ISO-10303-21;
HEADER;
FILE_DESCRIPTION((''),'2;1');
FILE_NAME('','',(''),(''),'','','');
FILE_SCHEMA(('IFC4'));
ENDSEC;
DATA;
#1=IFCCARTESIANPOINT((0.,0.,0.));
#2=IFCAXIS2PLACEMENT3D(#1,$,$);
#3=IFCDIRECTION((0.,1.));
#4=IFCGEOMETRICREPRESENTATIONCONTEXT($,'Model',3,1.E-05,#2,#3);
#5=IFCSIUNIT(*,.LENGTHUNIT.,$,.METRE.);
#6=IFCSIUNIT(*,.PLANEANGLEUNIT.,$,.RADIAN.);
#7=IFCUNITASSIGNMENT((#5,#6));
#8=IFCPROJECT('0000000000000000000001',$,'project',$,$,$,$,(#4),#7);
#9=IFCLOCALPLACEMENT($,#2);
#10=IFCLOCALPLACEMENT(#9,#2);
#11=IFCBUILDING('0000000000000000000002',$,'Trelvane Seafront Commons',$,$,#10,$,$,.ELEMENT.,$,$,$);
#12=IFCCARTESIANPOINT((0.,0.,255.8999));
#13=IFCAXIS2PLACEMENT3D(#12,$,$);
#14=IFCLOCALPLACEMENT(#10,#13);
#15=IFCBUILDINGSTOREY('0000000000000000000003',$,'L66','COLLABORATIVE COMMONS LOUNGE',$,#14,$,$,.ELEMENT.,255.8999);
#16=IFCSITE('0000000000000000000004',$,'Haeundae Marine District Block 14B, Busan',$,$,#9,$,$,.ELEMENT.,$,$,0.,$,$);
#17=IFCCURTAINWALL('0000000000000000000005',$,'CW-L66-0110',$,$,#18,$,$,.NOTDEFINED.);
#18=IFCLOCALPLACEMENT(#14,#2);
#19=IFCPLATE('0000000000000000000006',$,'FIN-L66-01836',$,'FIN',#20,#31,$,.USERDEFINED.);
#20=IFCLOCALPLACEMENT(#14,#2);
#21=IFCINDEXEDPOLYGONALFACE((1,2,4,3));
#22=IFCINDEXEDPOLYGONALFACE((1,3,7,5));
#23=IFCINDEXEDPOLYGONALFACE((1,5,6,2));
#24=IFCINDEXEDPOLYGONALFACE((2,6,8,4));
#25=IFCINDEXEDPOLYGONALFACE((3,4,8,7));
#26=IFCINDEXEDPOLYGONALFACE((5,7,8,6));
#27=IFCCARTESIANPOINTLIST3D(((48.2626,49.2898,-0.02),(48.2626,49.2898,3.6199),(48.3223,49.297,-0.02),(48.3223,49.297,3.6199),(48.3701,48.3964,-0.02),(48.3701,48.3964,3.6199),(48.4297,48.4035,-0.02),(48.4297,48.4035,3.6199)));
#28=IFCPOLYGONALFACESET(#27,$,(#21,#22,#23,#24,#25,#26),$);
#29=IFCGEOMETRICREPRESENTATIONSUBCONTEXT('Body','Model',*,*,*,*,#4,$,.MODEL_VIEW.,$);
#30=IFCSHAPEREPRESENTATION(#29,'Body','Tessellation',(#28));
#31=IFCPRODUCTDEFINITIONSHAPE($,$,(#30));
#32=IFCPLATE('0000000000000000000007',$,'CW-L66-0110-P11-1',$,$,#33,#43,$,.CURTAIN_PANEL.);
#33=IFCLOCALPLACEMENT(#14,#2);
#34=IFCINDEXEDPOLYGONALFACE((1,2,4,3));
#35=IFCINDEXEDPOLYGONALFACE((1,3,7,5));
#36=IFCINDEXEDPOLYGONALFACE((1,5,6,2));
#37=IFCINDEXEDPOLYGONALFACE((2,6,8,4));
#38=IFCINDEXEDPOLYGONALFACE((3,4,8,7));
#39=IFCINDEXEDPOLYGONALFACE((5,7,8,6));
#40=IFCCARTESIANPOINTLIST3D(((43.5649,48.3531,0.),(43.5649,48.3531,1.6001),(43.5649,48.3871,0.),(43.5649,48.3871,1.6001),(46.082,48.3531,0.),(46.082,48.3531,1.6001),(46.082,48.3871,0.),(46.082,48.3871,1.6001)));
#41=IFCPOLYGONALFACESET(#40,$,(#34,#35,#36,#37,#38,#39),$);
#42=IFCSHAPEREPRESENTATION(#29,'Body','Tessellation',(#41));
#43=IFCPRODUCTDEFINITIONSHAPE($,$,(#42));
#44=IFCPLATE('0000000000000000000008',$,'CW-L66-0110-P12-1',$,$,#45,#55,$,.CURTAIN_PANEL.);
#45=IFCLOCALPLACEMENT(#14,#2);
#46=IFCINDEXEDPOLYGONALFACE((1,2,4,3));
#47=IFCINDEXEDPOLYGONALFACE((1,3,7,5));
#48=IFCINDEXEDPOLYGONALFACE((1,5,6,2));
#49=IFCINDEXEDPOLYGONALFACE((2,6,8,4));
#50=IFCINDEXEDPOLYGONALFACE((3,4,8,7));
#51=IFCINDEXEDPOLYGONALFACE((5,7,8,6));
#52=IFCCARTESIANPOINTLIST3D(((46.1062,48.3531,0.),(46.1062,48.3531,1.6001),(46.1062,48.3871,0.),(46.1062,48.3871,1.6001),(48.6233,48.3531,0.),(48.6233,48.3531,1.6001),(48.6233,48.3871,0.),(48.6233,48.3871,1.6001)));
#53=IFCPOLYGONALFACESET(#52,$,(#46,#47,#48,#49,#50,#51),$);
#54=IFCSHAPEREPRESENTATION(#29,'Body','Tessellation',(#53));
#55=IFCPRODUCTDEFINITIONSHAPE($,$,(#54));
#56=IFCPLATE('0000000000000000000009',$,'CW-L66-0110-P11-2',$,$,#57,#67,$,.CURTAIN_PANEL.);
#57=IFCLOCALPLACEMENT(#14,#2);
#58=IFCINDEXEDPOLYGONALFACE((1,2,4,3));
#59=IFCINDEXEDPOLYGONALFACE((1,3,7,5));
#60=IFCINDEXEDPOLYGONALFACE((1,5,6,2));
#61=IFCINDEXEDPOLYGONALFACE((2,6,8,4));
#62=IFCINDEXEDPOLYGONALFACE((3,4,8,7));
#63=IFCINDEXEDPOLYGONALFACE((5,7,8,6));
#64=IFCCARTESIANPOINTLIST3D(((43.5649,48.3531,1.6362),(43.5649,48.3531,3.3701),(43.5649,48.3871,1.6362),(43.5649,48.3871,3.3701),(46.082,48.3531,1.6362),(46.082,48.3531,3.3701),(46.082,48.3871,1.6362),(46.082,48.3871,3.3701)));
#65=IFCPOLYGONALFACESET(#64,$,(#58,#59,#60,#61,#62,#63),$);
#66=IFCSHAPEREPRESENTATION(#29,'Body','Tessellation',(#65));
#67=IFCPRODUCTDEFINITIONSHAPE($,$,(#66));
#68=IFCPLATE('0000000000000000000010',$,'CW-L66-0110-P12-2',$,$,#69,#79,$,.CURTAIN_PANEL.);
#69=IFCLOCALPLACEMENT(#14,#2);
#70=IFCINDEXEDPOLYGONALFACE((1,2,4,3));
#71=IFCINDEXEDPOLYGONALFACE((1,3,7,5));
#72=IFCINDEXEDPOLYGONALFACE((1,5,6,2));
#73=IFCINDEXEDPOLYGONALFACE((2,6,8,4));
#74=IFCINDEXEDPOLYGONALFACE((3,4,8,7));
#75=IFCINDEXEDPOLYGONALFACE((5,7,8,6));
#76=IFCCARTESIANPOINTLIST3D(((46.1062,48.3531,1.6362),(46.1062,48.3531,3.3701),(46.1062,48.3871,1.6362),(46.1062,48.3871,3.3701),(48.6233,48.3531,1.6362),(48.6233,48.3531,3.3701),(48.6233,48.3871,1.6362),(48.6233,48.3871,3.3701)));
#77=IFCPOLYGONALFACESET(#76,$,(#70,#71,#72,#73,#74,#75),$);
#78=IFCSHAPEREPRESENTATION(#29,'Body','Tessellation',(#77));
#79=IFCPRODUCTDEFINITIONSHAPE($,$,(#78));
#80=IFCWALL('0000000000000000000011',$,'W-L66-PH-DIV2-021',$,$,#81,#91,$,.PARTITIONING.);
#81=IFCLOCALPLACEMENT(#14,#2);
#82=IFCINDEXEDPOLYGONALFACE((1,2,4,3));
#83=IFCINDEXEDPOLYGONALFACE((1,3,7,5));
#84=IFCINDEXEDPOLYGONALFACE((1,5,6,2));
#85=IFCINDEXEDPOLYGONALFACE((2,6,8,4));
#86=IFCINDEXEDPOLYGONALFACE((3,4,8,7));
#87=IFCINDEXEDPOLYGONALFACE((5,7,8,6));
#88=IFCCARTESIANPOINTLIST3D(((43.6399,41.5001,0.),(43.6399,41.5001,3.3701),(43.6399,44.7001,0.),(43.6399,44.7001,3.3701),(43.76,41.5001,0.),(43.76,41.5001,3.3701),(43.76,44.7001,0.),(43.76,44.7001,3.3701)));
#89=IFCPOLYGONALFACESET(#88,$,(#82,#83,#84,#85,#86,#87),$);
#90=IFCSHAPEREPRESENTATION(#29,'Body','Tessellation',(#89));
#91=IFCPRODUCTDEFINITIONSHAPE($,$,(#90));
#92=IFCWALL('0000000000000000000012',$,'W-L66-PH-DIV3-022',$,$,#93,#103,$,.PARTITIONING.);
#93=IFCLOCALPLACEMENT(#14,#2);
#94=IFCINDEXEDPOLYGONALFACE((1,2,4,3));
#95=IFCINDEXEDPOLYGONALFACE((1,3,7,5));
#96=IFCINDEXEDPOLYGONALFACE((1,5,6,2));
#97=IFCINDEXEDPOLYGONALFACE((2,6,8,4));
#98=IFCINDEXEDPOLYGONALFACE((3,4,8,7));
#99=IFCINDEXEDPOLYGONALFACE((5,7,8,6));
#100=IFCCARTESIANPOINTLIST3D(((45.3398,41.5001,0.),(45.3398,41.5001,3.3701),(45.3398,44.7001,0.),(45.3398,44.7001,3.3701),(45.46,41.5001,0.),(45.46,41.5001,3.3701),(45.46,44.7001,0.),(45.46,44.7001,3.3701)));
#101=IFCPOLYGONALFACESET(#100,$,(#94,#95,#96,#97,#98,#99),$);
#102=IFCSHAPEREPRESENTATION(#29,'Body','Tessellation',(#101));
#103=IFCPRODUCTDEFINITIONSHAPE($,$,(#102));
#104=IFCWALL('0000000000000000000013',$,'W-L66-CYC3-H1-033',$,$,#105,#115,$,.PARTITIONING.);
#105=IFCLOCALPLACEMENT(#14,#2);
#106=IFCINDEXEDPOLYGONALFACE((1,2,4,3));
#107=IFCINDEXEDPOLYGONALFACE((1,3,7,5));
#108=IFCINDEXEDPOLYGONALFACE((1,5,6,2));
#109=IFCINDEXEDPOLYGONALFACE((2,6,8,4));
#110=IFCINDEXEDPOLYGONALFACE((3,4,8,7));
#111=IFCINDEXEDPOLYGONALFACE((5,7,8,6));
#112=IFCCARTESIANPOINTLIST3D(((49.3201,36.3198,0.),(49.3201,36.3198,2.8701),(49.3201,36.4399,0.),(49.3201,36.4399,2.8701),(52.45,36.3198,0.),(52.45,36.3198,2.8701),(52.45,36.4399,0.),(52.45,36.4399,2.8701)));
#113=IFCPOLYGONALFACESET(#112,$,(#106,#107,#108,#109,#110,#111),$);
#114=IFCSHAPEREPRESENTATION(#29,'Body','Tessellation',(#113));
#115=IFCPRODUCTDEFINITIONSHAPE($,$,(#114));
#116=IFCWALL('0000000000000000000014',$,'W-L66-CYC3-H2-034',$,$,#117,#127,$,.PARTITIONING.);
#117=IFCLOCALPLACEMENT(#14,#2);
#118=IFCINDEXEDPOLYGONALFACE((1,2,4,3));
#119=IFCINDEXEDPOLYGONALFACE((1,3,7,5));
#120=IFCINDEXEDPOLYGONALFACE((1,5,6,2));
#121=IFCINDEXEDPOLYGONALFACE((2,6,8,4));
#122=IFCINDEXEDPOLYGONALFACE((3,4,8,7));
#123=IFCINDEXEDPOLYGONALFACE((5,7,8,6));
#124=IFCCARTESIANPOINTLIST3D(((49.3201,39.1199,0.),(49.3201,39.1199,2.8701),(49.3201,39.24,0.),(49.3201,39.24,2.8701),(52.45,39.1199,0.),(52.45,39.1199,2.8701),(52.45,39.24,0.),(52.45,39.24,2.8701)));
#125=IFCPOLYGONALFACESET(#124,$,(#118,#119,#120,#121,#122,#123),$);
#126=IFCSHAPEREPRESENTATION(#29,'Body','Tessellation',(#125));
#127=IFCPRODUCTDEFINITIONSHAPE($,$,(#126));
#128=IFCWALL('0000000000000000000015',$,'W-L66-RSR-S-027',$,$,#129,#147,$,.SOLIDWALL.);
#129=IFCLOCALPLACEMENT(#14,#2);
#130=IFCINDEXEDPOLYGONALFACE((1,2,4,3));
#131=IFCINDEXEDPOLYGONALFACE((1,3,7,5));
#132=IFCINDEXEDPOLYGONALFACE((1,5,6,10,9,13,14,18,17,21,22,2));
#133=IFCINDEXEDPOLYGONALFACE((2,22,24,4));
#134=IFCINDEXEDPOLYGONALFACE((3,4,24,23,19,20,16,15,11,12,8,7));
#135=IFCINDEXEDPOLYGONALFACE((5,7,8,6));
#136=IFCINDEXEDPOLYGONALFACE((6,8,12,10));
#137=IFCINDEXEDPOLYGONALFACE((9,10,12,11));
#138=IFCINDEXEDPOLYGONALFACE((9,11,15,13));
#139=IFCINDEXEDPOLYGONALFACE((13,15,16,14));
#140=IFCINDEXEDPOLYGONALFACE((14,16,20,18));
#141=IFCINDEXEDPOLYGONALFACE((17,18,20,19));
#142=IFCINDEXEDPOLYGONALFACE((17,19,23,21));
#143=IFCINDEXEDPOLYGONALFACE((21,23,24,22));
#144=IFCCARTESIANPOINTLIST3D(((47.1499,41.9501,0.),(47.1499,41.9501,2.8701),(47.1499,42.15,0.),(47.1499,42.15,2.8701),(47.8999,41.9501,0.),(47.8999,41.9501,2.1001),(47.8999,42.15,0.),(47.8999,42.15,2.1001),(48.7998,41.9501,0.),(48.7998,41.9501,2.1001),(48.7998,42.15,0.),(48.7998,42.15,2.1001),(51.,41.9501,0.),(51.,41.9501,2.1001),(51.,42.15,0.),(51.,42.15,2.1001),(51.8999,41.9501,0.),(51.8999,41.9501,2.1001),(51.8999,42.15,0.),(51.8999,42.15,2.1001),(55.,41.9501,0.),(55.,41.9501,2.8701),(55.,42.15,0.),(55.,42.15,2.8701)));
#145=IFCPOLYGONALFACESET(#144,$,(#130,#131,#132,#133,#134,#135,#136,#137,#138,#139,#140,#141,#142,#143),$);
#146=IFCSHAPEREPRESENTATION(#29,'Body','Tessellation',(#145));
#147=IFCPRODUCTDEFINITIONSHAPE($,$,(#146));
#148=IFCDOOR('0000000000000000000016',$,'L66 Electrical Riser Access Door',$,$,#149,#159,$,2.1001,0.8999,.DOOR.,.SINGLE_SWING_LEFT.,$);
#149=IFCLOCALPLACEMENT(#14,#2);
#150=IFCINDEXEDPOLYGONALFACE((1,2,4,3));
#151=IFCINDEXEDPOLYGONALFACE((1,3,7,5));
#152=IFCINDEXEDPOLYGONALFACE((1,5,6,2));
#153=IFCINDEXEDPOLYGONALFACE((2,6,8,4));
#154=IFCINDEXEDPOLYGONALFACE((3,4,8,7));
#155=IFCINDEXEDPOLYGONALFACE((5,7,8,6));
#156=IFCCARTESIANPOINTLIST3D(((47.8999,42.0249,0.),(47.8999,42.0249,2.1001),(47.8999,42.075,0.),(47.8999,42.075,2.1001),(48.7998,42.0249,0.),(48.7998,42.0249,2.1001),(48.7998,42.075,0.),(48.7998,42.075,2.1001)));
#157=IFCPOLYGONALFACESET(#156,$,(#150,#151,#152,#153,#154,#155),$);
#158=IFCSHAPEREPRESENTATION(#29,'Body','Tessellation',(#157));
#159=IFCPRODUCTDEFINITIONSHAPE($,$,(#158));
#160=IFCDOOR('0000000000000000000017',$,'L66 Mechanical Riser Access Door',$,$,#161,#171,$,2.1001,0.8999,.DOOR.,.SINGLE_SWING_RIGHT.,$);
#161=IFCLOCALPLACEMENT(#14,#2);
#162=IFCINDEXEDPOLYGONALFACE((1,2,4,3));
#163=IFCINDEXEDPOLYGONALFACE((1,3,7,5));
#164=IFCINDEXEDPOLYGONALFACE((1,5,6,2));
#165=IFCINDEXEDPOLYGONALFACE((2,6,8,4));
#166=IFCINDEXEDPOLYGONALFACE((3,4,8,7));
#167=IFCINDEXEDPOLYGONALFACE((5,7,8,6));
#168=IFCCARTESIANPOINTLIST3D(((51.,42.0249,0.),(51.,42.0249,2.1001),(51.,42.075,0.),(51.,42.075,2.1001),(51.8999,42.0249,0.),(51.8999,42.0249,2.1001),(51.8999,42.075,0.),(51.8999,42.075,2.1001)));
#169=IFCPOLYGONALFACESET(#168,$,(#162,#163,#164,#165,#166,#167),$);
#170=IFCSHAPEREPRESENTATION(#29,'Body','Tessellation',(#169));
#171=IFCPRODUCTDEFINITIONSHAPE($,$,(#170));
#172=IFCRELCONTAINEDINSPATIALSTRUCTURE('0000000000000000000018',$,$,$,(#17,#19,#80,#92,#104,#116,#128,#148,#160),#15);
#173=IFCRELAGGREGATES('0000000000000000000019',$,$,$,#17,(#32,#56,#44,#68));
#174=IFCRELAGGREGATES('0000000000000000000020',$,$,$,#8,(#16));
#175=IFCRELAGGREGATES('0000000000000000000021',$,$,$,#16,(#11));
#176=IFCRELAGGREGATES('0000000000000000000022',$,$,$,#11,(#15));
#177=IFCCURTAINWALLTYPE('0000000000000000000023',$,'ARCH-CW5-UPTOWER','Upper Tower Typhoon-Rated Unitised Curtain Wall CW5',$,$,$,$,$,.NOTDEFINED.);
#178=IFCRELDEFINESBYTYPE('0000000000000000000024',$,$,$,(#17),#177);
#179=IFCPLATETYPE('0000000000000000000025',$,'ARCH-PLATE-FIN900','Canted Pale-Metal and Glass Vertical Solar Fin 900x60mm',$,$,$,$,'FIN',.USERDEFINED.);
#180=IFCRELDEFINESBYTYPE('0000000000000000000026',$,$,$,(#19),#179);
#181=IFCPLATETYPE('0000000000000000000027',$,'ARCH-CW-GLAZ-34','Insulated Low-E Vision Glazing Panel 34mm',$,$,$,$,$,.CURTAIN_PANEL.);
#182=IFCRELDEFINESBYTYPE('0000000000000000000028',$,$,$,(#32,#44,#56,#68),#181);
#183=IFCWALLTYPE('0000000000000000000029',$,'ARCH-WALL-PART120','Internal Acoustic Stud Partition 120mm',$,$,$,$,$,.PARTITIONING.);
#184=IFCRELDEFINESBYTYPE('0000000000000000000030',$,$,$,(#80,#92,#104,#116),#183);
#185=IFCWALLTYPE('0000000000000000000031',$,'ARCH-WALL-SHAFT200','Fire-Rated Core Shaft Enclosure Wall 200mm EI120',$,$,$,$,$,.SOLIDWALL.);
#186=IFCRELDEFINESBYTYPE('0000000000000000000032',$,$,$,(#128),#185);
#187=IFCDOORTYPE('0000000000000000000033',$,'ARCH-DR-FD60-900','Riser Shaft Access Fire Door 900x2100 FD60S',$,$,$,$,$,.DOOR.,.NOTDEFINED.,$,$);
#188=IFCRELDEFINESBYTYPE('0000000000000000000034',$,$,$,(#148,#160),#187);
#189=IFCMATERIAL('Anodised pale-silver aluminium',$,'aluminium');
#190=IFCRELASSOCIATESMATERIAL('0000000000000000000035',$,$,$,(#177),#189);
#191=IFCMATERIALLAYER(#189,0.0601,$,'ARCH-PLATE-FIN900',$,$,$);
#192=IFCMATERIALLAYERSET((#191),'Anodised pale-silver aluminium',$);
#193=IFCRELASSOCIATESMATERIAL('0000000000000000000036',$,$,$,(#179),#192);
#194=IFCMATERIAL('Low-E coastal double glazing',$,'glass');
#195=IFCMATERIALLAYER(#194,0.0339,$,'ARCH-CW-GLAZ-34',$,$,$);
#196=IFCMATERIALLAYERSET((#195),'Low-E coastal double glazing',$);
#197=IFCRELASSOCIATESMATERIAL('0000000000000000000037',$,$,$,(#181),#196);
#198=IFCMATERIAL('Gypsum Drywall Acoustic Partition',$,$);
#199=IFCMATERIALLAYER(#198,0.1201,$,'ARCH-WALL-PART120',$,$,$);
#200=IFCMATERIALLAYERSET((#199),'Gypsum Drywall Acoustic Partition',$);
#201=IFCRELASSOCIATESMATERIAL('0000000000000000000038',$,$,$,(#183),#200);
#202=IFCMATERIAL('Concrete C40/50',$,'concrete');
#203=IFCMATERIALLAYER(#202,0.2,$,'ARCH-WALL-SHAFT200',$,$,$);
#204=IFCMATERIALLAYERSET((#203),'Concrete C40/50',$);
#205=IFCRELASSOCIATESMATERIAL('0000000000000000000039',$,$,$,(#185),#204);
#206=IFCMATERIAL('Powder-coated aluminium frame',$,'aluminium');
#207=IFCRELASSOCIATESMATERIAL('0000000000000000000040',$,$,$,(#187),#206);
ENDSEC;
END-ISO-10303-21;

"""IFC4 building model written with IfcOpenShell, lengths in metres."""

from ifc_helpers import new_model, si_unit, direction, frame, frame_2d, origin, origin_2d, place, context, subcontext, project, spatial, rectangle, extrude, source, transform, mapped, material, layer, layer_set, type_object, element, fill, aggregate, save


model = new_model("IFC4")

# Units and contexts
model_context = context("Model", 3, precision=1e-05, world=origin(), true_north=direction((0.0, 1.0)))
body_context = subcontext(model_context, "Body", "Model", "MODEL_VIEW")
ifc_project = project(units=[si_unit("LENGTHUNIT", "METRE"), si_unit("PLANEANGLEUNIT", "RADIAN")], contexts=[model_context])

# Site, building, storey
site_placement = place(None, origin())
site = spatial("IfcSite", under=ifc_project, at=site_placement, Name="Haeundae Marine District Block 14B, Busan", CompositionType="ELEMENT", RefElevation=0.0)
building_placement = place(site_placement, origin())
building = spatial("IfcBuilding", under=site, at=building_placement, Name="Trelvane Seafront Commons", CompositionType="ELEMENT")
storey_placement = place(building_placement, frame((0.0, 0.0, 255.8999)))
storey = spatial("IfcBuildingStorey", under=building, at=storey_placement, Name="L66", Description="COLLABORATIVE COMMONS LOUNGE", CompositionType="ELEMENT", Elevation=255.8999)

# Curtain wall
ifc_material_1 = material(Name="Anodised pale-silver aluminium", Category="aluminium")
curtain_wall_type = type_object("IfcCurtainWallType", Name="ARCH-CW5-UPTOWER", Description="Upper Tower Typhoon-Rated Unitised Curtain Wall CW5", PredefinedType="NOTDEFINED", material=ifc_material_1)
curtain_wall_placement = place(storey_placement, origin())
curtain_wall = element("IfcCurtainWall", 1, at=curtain_wall_placement, inside=storey, type_object=curtain_wall_type, Name="CW-L66-0110", PredefinedType="NOTDEFINED")

# Plate
ifc_layer_1 = layer(ifc_material_1, 0.0601, Name="ARCH-PLATE-FIN900")
ifc_layer_set_1 = layer_set([ifc_layer_1], Name="Anodised pale-silver aluminium")
plate_type_1 = type_object("IfcPlateType", Name="ARCH-PLATE-FIN900", Description="Canted Pale-Metal and Glass Vertical Solar Fin 900x60mm", ElementType="FIN", PredefinedType="USERDEFINED", material=ifc_layer_set_1)
shared_shape_1 = source(origin(), body_context, "Body", "SweptSolid", [
    extrude(rectangle(XDim=0.8999, YDim=0.0601, at=origin_2d()), origin(), (0.0, 0.0, 1.0), 3.6399),
])
for number, where, z_axis, x_axis, name in (
    (2, (48.3462, 48.8467, -0.02), (0.0, 0.0, 1.0), (-0.119439, 0.992842, 0.0), "FIN-L66-01836"),
):
    element("IfcPlate", number, at=place(storey_placement, frame(where, z_axis=z_axis, x_axis=x_axis)), inside=storey, type_object=plate_type_1, Name=name, ObjectType="FIN", PredefinedType="USERDEFINED", context=body_context, shape_type="MappedRepresentation", body=[
        mapped(shared_shape_1, transform((0.0, 0.0, 0.0), x_axis=(1.0, 0.0, 0.0), y_axis=(0.0, 1.0, 0.0), z_axis=(0.0, 0.0, 1.0), scale=1.0)),
    ])

# Plates
ifc_material_2 = material(Name="Low-E coastal double glazing", Category="glass")
ifc_layer_2 = layer(ifc_material_2, 0.0339, Name="ARCH-CW-GLAZ-34")
ifc_layer_set_2 = layer_set([ifc_layer_2], Name="Low-E coastal double glazing")
plate_type_2 = type_object("IfcPlateType", Name="ARCH-CW-GLAZ-34", Description="Insulated Low-E Vision Glazing Panel 34mm", PredefinedType="CURTAIN_PANEL", material=ifc_layer_set_2)
shared_shape_2 = source(origin(), body_context, "Body", "SweptSolid", [
    extrude(rectangle(XDim=2.5171, YDim=0.0339, at=origin_2d()), origin(), (0.0, 0.0, 1.0), 1.6001),
])
plate_1_placement = place(storey_placement, frame((44.8235, 48.3701, 0.0), z_axis=(0.0, 0.0, 1.0), x_axis=(1.0, 0.0, 0.0)))
plate_1 = element("IfcPlate", 3, at=plate_1_placement, type_object=plate_type_2, Name="CW-L66-0110-P11-1", PredefinedType="CURTAIN_PANEL", context=body_context, shape_type="MappedRepresentation", body=[
    mapped(shared_shape_2, transform((0.0, 0.0, 0.0), x_axis=(1.0, 0.0, 0.0), y_axis=(0.0, 1.0, 0.0), z_axis=(0.0, 0.0, 1.0), scale=1.0)),
])
plate_2_placement = place(storey_placement, frame((47.3647, 48.3701, 0.0), z_axis=(0.0, 0.0, 1.0), x_axis=(1.0, 0.0, 0.0)))
plate_2 = element("IfcPlate", 4, at=plate_2_placement, type_object=plate_type_2, Name="CW-L66-0110-P12-1", PredefinedType="CURTAIN_PANEL", context=body_context, shape_type="MappedRepresentation", body=[
    mapped(shared_shape_2, transform((0.0, 0.0, 0.0), x_axis=(1.0, 0.0, 0.0), y_axis=(0.0, 1.0, 0.0), z_axis=(0.0, 0.0, 1.0), scale=1.0)),
])
shared_shape_3 = source(origin(), body_context, "Body", "SweptSolid", [
    extrude(rectangle(XDim=2.5171, YDim=0.0339, at=origin_2d()), origin(), (0.0, 0.0, 1.0), 1.7339),
])
plate_3_placement = place(storey_placement, frame((44.8235, 48.3701, 1.6362), z_axis=(0.0, 0.0, 1.0), x_axis=(1.0, 0.0, 0.0)))
plate_3 = element("IfcPlate", 5, at=plate_3_placement, type_object=plate_type_2, Name="CW-L66-0110-P11-2", PredefinedType="CURTAIN_PANEL", context=body_context, shape_type="MappedRepresentation", body=[
    mapped(shared_shape_3, transform((0.0, 0.0, 0.0), x_axis=(1.0, 0.0, 0.0), y_axis=(0.0, 1.0, 0.0), z_axis=(0.0, 0.0, 1.0), scale=1.0)),
])
plate_4_placement = place(storey_placement, frame((47.3647, 48.3701, 1.6362), z_axis=(0.0, 0.0, 1.0), x_axis=(1.0, 0.0, 0.0)))
plate_4 = element("IfcPlate", 6, at=plate_4_placement, type_object=plate_type_2, Name="CW-L66-0110-P12-2", PredefinedType="CURTAIN_PANEL", context=body_context, shape_type="MappedRepresentation", body=[
    mapped(shared_shape_3, transform((0.0, 0.0, 0.0), x_axis=(1.0, 0.0, 0.0), y_axis=(0.0, 1.0, 0.0), z_axis=(0.0, 0.0, 1.0), scale=1.0)),
])
aggregate(curtain_wall, [plate_1, plate_3, plate_2, plate_4])

# Walls
ifc_material_3 = material(Name="Gypsum Drywall Acoustic Partition")
ifc_layer_3 = layer(ifc_material_3, 0.1201, Name="ARCH-WALL-PART120")
ifc_layer_set_3 = layer_set([ifc_layer_3], Name="Gypsum Drywall Acoustic Partition")
wall_type_1 = type_object("IfcWallType", Name="ARCH-WALL-PART120", Description="Internal Acoustic Stud Partition 120mm", PredefinedType="PARTITIONING", material=ifc_layer_set_3)
for number, where, z_axis, x_axis, name in (
    (7, (43.7, 41.5, 0.0), (0.0, 0.0, 1.0), (0.0, 1.0, 0.0), "W-L66-PH-DIV2-021"),
    (8, (45.3999, 41.5, 0.0), (0.0, 0.0, 1.0), (0.0, 1.0, 0.0), "W-L66-PH-DIV3-022"),
):
    element("IfcWall", number, at=place(storey_placement, frame(where, z_axis=z_axis, x_axis=x_axis)), inside=storey, type_object=wall_type_1, Name=name, PredefinedType="PARTITIONING", context=body_context, shape_type="SweptSolid", body=[
        extrude(rectangle(XDim=3.2, YDim=0.1201, at=frame_2d((1.6001, 0.0))), origin(), (0.0, 0.0, 1.0), 3.3701),
    ])
for number, where, z_axis, x_axis, name in (
    (9, (49.3201, 36.3799, 0.0), (0.0, 0.0, 1.0), (1.0, 0.0, 0.0), "W-L66-CYC3-H1-033"),
    (10, (49.3201, 39.1799, 0.0), (0.0, 0.0, 1.0), (1.0, 0.0, 0.0), "W-L66-CYC3-H2-034"),
):
    element("IfcWall", number, at=place(storey_placement, frame(where, z_axis=z_axis, x_axis=x_axis)), inside=storey, type_object=wall_type_1, Name=name, PredefinedType="PARTITIONING", context=body_context, shape_type="SweptSolid", body=[
        extrude(rectangle(XDim=3.1299, YDim=0.1201, at=frame_2d((1.5649, 0.0))), origin(), (0.0, 0.0, 1.0), 2.8701),
    ])

# Wall, openings, doors
ifc_material_4 = material(Name="Concrete C40/50", Category="concrete")
ifc_layer_4 = layer(ifc_material_4, 0.2, Name="ARCH-WALL-SHAFT200")
ifc_layer_set_4 = layer_set([ifc_layer_4], Name="Concrete C40/50")
wall_type_2 = type_object("IfcWallType", Name="ARCH-WALL-SHAFT200", Description="Fire-Rated Core Shaft Enclosure Wall 200mm EI120", PredefinedType="SOLIDWALL", material=ifc_layer_set_4)
wall_placement = place(storey_placement, frame((47.1499, 42.05, 0.0), z_axis=(0.0, 0.0, 1.0), x_axis=(1.0, 0.0, 0.0)))
wall = element("IfcWall", 11, at=wall_placement, inside=storey, type_object=wall_type_2, Name="W-L66-RSR-S-027", PredefinedType="SOLIDWALL", context=body_context, shape_type="SweptSolid", body=[
    extrude(rectangle(XDim=7.8501, YDim=0.2, at=frame_2d((3.925, 0.0))), origin(), (0.0, 0.0, 1.0), 2.8701),
])
opening_1_placement = place(wall_placement, frame((0.75, 0.0, 0.0)))
opening_1 = element("IfcOpeningElement", 12, at=opening_1_placement, cuts=wall, PredefinedType="OPENING", context=body_context, shape_type="SweptSolid", body=[
    extrude(rectangle(XDim=0.8999, YDim=2.1001, at=frame_2d((0.45, 1.05))), frame((0.0, 0.1099, 0.0), z_axis=(0.0, -1.0, 0.0), x_axis=(1.0, 0.0, 0.0)), (0.0, 0.0, 1.0), 0.22),
])
opening_2_placement = place(wall_placement, frame((3.8501, 0.0, 0.0)))
opening_2 = element("IfcOpeningElement", 13, at=opening_2_placement, cuts=wall, PredefinedType="OPENING", context=body_context, shape_type="SweptSolid", body=[
    extrude(rectangle(XDim=0.8999, YDim=2.1001, at=frame_2d((0.45, 1.05))), frame((0.0, 0.1099, 0.0), z_axis=(0.0, -1.0, 0.0), x_axis=(1.0, 0.0, 0.0)), (0.0, 0.0, 1.0), 0.22),
])
ifc_material_5 = material(Name="Powder-coated aluminium frame", Category="aluminium")
door_type = type_object("IfcDoorType", Name="ARCH-DR-FD60-900", Description="Riser Shaft Access Fire Door 900x2100 FD60S", OperationType="NOTDEFINED", PredefinedType="DOOR", material=ifc_material_5)
shared_shape_4 = source(origin(), body_context, "Body", "SweptSolid", [
    extrude(rectangle(XDim=0.8999, YDim=2.1001, at=frame_2d((0.45, 1.05))), frame((0.0, 0.0249, 0.0), z_axis=(0.0, -1.0, 0.0), x_axis=(1.0, 0.0, 0.0)), (0.0, 0.0, 1.0), 0.05),
])
door_1_placement = place(opening_1_placement, origin())
door_1 = element("IfcDoor", 14, at=door_1_placement, inside=storey, type_object=door_type, Name="L66 Electrical Riser Access Door", OperationType="SINGLE_SWING_LEFT", OverallHeight=2.1001, OverallWidth=0.8999, PredefinedType="DOOR", context=body_context, shape_type="MappedRepresentation", body=[
    mapped(shared_shape_4, transform((0.0, 0.0, 0.0), x_axis=(1.0, 0.0, 0.0), y_axis=(0.0, 1.0, 0.0), z_axis=(0.0, 0.0, 1.0), scale=1.0)),
])
fill(opening_1, door_1)
door_2_placement = place(opening_2_placement, origin())
door_2 = element("IfcDoor", 15, at=door_2_placement, inside=storey, type_object=door_type, Name="L66 Mechanical Riser Access Door", OperationType="SINGLE_SWING_RIGHT", OverallHeight=2.1001, OverallWidth=0.8999, PredefinedType="DOOR", context=body_context, shape_type="MappedRepresentation", body=[
    mapped(shared_shape_4, transform((0.0, 0.0, 0.0), x_axis=(1.0, 0.0, 0.0), y_axis=(0.0, 1.0, 0.0), z_axis=(0.0, 0.0, 1.0), scale=1.0)),
])
fill(opening_2, door_2)

save(model, "model.ifc")
